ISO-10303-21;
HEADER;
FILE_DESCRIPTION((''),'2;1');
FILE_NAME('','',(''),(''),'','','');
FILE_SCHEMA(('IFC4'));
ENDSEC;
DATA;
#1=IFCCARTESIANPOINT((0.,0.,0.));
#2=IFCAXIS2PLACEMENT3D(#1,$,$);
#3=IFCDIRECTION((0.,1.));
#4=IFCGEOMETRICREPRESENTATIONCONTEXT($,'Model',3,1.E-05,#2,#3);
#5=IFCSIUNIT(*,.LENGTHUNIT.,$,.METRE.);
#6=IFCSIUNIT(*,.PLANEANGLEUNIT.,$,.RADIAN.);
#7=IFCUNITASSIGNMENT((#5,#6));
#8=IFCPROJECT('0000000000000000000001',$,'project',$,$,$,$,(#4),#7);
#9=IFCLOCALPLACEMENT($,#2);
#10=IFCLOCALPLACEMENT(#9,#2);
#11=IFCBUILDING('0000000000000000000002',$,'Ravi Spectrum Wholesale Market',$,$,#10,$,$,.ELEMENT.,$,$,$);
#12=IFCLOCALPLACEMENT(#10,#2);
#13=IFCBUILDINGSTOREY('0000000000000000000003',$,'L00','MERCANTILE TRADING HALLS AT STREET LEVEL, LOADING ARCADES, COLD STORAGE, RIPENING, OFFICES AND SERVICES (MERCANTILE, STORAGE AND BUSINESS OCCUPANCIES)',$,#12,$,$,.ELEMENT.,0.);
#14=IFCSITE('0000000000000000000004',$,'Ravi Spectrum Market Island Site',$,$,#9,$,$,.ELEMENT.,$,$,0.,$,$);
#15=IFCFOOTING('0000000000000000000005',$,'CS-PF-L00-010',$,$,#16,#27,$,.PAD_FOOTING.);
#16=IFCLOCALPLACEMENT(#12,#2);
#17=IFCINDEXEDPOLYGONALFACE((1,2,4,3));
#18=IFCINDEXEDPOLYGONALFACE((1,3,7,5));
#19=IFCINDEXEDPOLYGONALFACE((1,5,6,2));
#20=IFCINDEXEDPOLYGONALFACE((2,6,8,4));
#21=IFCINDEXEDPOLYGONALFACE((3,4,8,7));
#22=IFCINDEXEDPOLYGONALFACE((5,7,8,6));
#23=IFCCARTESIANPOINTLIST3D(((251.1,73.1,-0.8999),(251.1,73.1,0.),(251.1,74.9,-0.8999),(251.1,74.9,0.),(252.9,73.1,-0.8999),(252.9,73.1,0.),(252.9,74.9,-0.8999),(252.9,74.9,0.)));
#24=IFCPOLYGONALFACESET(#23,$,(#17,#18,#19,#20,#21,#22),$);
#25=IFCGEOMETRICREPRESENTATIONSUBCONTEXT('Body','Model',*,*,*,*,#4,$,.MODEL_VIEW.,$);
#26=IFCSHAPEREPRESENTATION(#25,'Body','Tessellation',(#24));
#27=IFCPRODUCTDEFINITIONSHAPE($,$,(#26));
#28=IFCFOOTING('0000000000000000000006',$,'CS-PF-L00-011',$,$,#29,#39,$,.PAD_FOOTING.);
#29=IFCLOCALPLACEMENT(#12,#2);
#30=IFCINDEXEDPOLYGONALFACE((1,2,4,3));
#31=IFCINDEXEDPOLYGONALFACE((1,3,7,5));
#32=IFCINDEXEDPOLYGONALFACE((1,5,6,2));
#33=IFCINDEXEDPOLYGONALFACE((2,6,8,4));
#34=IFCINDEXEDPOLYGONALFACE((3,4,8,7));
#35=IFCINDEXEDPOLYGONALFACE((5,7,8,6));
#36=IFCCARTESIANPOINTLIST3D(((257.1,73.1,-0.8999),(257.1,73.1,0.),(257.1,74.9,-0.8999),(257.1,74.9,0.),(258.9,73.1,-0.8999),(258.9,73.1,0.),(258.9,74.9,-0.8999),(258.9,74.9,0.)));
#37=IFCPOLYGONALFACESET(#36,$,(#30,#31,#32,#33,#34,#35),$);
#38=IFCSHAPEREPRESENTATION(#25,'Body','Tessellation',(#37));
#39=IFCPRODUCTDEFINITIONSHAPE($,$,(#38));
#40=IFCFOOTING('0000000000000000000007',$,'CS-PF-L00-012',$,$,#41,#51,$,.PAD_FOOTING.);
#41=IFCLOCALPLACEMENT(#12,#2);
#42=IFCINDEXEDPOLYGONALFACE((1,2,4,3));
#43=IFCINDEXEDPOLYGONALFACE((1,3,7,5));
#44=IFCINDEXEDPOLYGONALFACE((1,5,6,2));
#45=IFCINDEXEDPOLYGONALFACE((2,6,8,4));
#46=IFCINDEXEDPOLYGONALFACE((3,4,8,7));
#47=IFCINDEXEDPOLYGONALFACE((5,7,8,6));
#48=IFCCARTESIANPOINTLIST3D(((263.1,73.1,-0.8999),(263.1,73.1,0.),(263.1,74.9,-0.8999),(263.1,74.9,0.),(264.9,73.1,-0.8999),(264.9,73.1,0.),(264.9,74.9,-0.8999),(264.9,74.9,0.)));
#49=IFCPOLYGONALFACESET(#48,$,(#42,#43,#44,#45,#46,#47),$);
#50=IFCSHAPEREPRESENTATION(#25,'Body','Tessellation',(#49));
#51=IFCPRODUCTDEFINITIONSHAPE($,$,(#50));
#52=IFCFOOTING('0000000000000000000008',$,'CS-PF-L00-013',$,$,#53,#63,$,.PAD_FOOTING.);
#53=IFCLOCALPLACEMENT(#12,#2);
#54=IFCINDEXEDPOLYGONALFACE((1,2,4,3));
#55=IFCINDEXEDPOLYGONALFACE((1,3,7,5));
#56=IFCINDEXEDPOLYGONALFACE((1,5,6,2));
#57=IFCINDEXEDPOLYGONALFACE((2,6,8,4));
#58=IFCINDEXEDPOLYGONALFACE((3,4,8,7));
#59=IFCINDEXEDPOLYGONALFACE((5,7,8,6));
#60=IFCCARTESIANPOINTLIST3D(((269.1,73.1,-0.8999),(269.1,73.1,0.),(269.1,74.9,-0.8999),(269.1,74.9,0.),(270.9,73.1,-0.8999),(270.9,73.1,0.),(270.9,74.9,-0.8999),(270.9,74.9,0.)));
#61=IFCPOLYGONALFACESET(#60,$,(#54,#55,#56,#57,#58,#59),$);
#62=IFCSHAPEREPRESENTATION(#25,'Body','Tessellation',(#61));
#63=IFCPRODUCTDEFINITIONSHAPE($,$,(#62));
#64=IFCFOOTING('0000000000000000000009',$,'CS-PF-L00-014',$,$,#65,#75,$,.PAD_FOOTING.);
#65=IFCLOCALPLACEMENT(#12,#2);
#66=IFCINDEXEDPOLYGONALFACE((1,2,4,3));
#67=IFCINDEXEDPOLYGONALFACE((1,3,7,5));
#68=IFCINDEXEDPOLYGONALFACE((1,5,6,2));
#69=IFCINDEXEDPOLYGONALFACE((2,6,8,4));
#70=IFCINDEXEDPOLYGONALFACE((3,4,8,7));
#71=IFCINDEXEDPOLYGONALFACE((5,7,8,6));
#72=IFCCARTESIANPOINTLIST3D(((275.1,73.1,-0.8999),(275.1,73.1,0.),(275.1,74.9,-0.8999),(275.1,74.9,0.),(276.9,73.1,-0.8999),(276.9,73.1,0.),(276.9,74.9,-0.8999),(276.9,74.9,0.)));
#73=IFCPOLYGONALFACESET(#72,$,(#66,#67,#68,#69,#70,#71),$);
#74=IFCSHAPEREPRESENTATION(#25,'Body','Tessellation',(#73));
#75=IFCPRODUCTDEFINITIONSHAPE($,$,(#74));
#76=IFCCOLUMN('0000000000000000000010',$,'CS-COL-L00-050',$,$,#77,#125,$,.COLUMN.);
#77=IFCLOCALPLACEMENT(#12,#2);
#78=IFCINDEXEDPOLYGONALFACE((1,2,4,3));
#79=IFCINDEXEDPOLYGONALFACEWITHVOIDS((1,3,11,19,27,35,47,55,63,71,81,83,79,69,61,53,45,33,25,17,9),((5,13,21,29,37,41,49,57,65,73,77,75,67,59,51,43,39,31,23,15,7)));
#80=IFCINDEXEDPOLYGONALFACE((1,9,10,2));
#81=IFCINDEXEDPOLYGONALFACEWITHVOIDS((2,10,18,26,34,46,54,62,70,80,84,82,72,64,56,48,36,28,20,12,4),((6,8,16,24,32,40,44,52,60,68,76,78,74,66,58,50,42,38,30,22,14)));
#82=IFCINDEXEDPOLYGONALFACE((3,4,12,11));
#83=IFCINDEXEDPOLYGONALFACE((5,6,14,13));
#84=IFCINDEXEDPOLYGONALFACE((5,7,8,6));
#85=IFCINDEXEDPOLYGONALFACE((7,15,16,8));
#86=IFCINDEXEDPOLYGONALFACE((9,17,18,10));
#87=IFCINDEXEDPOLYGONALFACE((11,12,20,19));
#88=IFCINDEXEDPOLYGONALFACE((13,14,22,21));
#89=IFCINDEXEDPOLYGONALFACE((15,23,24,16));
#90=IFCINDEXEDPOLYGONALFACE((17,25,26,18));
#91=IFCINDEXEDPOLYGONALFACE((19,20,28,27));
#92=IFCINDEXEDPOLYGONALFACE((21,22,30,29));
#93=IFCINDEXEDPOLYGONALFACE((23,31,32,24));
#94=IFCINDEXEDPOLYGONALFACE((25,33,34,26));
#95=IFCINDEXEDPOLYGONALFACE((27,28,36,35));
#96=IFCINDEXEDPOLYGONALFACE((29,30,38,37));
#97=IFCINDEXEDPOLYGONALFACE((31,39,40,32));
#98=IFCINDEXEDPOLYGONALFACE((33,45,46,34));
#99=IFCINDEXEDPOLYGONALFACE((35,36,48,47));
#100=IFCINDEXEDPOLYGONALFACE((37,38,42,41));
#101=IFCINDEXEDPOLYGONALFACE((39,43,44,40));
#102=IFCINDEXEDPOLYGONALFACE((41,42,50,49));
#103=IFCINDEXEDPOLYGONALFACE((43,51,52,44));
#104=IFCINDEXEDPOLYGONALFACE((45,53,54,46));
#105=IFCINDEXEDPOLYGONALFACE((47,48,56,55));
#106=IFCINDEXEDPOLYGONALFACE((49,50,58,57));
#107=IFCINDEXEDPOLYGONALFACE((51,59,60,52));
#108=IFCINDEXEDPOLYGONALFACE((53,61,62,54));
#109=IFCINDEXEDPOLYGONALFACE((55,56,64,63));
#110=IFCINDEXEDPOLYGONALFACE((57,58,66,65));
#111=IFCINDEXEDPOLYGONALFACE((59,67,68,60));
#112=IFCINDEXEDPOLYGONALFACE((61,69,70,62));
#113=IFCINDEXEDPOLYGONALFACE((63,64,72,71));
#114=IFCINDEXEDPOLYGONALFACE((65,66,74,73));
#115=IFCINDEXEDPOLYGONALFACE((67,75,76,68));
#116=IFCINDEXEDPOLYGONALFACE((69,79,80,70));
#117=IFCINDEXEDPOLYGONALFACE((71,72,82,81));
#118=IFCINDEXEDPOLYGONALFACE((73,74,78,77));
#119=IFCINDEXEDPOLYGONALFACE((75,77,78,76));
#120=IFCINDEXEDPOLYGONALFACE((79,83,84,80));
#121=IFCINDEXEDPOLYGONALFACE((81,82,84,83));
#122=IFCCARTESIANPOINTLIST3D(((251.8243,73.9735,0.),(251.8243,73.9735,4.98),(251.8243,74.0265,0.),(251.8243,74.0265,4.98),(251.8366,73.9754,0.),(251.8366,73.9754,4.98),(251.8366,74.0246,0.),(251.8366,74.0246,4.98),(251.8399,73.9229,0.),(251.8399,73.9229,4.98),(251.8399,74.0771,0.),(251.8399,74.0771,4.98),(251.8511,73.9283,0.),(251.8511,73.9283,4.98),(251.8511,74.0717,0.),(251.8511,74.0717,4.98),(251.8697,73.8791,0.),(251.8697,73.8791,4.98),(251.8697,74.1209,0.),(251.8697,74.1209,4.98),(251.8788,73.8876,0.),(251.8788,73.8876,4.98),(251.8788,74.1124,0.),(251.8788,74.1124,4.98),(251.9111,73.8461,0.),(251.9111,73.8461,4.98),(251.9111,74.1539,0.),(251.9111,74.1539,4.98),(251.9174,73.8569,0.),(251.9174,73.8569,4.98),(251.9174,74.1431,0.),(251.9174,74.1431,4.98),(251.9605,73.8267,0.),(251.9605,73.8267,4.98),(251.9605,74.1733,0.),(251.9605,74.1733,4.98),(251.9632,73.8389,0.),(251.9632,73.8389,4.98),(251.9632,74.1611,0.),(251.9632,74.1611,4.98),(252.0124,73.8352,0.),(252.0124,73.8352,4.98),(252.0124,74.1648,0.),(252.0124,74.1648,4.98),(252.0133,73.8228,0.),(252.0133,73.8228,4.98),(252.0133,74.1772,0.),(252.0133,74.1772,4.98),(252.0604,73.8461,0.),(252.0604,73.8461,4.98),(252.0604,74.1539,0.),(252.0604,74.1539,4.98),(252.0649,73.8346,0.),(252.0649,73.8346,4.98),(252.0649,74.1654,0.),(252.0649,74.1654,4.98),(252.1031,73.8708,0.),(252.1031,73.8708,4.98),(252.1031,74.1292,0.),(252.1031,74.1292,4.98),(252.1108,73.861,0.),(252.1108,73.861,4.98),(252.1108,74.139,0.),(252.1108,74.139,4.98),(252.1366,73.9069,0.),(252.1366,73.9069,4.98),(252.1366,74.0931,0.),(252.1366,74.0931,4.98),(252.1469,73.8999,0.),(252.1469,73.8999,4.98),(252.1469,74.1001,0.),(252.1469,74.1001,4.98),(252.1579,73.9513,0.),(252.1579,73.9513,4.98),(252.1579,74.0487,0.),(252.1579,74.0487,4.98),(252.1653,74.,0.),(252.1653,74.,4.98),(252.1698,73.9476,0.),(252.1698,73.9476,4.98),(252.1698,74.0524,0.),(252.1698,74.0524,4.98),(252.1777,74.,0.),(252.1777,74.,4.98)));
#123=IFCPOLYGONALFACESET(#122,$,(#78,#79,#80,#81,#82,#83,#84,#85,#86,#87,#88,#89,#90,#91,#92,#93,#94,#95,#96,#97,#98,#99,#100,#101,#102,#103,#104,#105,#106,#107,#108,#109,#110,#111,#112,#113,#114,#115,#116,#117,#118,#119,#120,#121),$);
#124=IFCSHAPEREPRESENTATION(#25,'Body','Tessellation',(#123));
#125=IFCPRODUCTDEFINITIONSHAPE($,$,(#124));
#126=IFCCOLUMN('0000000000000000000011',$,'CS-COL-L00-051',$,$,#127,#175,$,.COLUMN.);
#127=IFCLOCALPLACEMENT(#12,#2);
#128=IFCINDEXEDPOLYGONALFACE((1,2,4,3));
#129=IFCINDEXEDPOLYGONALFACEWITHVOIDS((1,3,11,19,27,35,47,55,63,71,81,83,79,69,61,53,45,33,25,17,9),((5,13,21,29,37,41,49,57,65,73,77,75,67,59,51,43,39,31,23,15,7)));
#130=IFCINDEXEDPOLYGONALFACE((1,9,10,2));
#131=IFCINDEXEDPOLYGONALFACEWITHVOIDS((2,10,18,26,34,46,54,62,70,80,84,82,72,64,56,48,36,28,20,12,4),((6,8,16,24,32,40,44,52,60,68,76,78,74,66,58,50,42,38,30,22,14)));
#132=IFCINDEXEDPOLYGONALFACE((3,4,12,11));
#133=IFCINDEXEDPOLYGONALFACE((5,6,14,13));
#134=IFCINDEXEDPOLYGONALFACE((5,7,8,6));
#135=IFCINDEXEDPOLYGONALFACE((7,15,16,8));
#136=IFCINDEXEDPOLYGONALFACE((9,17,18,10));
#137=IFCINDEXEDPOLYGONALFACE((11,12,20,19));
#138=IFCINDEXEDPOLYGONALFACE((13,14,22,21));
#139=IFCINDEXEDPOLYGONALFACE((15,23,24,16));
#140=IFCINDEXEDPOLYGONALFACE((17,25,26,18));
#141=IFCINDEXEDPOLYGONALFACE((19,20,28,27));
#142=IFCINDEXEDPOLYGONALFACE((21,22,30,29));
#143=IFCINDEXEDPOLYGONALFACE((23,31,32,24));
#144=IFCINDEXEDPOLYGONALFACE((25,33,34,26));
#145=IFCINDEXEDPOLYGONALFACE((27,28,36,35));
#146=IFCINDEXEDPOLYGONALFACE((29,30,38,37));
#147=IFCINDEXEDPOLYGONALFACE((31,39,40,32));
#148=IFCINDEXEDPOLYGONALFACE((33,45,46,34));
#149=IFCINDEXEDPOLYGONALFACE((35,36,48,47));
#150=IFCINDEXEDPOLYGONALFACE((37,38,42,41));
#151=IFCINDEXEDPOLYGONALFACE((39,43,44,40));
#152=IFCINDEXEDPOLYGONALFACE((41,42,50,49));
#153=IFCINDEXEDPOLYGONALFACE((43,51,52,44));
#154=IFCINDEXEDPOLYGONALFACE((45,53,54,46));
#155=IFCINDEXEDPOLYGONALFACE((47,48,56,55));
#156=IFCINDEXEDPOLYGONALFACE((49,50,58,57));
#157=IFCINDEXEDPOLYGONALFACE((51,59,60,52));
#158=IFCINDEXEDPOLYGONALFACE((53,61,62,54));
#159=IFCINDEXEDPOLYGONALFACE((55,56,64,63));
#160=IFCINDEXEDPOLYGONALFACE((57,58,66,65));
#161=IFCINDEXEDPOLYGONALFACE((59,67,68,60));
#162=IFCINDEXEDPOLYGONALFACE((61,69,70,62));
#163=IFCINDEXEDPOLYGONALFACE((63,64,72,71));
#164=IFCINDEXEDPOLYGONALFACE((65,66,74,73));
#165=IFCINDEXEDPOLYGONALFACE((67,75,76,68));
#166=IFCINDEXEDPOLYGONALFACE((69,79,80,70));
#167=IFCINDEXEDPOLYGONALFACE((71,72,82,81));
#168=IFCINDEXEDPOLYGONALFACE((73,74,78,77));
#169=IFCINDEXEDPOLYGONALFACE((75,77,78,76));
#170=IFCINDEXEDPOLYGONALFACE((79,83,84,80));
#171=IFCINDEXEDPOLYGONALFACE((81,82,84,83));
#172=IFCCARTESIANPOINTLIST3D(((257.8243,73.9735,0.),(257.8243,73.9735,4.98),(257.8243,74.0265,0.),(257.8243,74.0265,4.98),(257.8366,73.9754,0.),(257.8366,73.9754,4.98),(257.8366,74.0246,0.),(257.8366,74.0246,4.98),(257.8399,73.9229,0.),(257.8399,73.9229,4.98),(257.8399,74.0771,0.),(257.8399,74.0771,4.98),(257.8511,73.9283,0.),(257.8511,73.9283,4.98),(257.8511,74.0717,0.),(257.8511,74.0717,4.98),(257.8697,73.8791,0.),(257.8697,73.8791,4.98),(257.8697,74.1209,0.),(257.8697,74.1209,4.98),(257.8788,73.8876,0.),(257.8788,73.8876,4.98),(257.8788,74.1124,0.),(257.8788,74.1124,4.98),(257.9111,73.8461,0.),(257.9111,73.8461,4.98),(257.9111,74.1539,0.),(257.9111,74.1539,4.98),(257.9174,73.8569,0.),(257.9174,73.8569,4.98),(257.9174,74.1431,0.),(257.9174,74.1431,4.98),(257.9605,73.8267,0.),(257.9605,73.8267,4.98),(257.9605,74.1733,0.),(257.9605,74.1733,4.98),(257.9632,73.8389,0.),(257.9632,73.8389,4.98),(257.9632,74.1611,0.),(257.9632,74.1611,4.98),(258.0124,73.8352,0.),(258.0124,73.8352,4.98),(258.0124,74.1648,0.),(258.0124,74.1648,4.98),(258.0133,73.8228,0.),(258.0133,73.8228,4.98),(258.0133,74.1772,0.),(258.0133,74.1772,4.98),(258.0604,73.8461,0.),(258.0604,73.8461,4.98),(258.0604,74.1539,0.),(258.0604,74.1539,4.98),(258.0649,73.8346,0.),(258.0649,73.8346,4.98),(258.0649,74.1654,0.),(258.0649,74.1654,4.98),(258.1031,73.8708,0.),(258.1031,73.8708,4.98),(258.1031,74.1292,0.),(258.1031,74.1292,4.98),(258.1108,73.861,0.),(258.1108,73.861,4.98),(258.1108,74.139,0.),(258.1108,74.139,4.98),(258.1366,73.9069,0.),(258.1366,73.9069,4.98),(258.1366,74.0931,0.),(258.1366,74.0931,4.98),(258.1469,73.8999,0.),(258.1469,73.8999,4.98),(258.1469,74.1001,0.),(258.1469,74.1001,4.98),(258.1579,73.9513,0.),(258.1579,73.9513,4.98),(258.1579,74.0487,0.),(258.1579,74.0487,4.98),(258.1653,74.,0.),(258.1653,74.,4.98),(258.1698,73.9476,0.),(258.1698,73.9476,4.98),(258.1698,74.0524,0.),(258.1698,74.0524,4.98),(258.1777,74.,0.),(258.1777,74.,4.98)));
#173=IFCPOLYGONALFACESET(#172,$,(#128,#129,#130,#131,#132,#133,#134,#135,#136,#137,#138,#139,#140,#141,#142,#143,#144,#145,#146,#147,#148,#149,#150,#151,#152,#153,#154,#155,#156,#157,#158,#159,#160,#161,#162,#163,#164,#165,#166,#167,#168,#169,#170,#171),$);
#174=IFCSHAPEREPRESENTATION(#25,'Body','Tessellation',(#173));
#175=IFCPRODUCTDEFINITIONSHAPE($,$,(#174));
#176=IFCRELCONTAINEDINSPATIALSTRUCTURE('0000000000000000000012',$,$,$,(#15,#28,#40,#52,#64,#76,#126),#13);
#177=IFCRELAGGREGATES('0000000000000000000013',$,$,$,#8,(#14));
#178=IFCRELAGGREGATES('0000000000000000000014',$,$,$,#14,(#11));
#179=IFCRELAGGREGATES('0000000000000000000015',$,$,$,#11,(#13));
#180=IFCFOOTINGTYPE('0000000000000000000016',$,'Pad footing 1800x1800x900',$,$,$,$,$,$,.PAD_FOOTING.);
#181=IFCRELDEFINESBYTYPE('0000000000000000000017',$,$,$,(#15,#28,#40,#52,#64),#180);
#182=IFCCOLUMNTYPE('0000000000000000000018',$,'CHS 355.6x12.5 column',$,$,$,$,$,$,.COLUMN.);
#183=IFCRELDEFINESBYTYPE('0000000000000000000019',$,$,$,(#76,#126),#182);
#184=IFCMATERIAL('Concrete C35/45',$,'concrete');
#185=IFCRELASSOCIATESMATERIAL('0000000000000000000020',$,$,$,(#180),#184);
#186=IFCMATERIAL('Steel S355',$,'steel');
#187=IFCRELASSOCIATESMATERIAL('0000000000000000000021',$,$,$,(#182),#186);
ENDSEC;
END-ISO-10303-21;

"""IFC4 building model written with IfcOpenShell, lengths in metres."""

from ifc_helpers import new_model, si_unit, direction, frame, origin, origin_2d, place, context, subcontext, project, spatial, rectangle, hollow_circle, extrude, material, material_profile, profile_set, type_object, element, save


model = new_model("IFC4")

# Units and contexts
model_context = context("Model", 3, precision=1e-05, world=origin(), true_north=direction((0.0, 1.0)))
body_context = subcontext(model_context, "Body", "Model", "MODEL_VIEW")
ifc_project = project(units=[si_unit("LENGTHUNIT", "METRE"), si_unit("PLANEANGLEUNIT", "RADIAN")], contexts=[model_context])

# Site, building, storey
site_placement = place(None, origin())
site = spatial("IfcSite", under=ifc_project, at=site_placement, Name="Ravi Spectrum Market Island Site", CompositionType="ELEMENT", RefElevation=0.0)
building_placement = place(site_placement, origin())
building = spatial("IfcBuilding", under=site, at=building_placement, Name="Ravi Spectrum Wholesale Market", CompositionType="ELEMENT")
storey_placement = place(building_placement, origin())
storey = spatial("IfcBuildingStorey", under=building, at=storey_placement, Name="L00", Description="MERCANTILE TRADING HALLS AT STREET LEVEL, LOADING ARCADES, COLD STORAGE, RIPENING, OFFICES AND SERVICES (MERCANTILE, STORAGE AND BUSINESS OCCUPANCIES)", CompositionType="ELEMENT", Elevation=0.0)

# Footings
ifc_material_1 = material(Name="Concrete C35/45", Category="concrete")
footing_type = type_object("IfcFootingType", Name="Pad footing 1800x1800x900", PredefinedType="PAD_FOOTING", material=ifc_material_1)
for number, where, z_axis, x_axis, name in (
    (1, (252.0, 74.0, -0.8999), (0.0, 0.0, 1.0), (1.0, 0.0, 0.0), "CS-PF-L00-010"),
    (2, (258.0, 74.0, -0.8999), (0.0, 0.0, 1.0), (1.0, 0.0, 0.0), "CS-PF-L00-011"),
    (3, (264.0, 74.0, -0.8999), (0.0, 0.0, 1.0), (1.0, 0.0, 0.0), "CS-PF-L00-012"),
    (4, (270.0, 74.0, -0.8999), (0.0, 0.0, 1.0), (1.0, 0.0, 0.0), "CS-PF-L00-013"),
    (5, (276.0, 74.0, -0.8999), (0.0, 0.0, 1.0), (1.0, 0.0, 0.0), "CS-PF-L00-014"),
):
    element("IfcFooting", number, at=place(storey_placement, frame(where, z_axis=z_axis, x_axis=x_axis)), inside=storey, type_object=footing_type, Name=name, PredefinedType="PAD_FOOTING", context=body_context, shape_type="SweptSolid", body=[
        extrude(rectangle(XDim=1.8, YDim=1.8, at=origin_2d()), origin(), (0.0, 0.0, 1.0), 0.8999),
    ])

# Columns
ifc_material_2 = material(Name="Steel S355", Category="steel")
ifc_material_profile_1 = material_profile(ifc_material_2, hollow_circle(Radius=0.1777, WallThickness=0.0125, at=origin_2d()))
ifc_profile_set_1 = profile_set([ifc_material_profile_1], Name="Steel S355")
column_type = type_object("IfcColumnType", Name="CHS 355.6x12.5 column", PredefinedType="COLUMN", material=ifc_profile_set_1)
for number, where, z_axis, x_axis, name in (
    (6, (252.0, 74.0, 0.0), (0.0, 0.0, 1.0), (1.0, 0.0, 0.0), "CS-COL-L00-050"),
    (7, (258.0, 74.0, 0.0), (0.0, 0.0, 1.0), (1.0, 0.0, 0.0), "CS-COL-L00-051"),
):
    element("IfcColumn", number, at=place(storey_placement, frame(where, z_axis=z_axis, x_axis=x_axis)), inside=storey, type_object=column_type, Name=name, PredefinedType="COLUMN", context=body_context, shape_type="SweptSolid", body=[
        extrude(hollow_circle(Radius=0.1777, WallThickness=0.0125, at=origin_2d()), origin(), (0.0, 0.0, 1.0), 4.98),
    ])

save(model, "model.ifc")
